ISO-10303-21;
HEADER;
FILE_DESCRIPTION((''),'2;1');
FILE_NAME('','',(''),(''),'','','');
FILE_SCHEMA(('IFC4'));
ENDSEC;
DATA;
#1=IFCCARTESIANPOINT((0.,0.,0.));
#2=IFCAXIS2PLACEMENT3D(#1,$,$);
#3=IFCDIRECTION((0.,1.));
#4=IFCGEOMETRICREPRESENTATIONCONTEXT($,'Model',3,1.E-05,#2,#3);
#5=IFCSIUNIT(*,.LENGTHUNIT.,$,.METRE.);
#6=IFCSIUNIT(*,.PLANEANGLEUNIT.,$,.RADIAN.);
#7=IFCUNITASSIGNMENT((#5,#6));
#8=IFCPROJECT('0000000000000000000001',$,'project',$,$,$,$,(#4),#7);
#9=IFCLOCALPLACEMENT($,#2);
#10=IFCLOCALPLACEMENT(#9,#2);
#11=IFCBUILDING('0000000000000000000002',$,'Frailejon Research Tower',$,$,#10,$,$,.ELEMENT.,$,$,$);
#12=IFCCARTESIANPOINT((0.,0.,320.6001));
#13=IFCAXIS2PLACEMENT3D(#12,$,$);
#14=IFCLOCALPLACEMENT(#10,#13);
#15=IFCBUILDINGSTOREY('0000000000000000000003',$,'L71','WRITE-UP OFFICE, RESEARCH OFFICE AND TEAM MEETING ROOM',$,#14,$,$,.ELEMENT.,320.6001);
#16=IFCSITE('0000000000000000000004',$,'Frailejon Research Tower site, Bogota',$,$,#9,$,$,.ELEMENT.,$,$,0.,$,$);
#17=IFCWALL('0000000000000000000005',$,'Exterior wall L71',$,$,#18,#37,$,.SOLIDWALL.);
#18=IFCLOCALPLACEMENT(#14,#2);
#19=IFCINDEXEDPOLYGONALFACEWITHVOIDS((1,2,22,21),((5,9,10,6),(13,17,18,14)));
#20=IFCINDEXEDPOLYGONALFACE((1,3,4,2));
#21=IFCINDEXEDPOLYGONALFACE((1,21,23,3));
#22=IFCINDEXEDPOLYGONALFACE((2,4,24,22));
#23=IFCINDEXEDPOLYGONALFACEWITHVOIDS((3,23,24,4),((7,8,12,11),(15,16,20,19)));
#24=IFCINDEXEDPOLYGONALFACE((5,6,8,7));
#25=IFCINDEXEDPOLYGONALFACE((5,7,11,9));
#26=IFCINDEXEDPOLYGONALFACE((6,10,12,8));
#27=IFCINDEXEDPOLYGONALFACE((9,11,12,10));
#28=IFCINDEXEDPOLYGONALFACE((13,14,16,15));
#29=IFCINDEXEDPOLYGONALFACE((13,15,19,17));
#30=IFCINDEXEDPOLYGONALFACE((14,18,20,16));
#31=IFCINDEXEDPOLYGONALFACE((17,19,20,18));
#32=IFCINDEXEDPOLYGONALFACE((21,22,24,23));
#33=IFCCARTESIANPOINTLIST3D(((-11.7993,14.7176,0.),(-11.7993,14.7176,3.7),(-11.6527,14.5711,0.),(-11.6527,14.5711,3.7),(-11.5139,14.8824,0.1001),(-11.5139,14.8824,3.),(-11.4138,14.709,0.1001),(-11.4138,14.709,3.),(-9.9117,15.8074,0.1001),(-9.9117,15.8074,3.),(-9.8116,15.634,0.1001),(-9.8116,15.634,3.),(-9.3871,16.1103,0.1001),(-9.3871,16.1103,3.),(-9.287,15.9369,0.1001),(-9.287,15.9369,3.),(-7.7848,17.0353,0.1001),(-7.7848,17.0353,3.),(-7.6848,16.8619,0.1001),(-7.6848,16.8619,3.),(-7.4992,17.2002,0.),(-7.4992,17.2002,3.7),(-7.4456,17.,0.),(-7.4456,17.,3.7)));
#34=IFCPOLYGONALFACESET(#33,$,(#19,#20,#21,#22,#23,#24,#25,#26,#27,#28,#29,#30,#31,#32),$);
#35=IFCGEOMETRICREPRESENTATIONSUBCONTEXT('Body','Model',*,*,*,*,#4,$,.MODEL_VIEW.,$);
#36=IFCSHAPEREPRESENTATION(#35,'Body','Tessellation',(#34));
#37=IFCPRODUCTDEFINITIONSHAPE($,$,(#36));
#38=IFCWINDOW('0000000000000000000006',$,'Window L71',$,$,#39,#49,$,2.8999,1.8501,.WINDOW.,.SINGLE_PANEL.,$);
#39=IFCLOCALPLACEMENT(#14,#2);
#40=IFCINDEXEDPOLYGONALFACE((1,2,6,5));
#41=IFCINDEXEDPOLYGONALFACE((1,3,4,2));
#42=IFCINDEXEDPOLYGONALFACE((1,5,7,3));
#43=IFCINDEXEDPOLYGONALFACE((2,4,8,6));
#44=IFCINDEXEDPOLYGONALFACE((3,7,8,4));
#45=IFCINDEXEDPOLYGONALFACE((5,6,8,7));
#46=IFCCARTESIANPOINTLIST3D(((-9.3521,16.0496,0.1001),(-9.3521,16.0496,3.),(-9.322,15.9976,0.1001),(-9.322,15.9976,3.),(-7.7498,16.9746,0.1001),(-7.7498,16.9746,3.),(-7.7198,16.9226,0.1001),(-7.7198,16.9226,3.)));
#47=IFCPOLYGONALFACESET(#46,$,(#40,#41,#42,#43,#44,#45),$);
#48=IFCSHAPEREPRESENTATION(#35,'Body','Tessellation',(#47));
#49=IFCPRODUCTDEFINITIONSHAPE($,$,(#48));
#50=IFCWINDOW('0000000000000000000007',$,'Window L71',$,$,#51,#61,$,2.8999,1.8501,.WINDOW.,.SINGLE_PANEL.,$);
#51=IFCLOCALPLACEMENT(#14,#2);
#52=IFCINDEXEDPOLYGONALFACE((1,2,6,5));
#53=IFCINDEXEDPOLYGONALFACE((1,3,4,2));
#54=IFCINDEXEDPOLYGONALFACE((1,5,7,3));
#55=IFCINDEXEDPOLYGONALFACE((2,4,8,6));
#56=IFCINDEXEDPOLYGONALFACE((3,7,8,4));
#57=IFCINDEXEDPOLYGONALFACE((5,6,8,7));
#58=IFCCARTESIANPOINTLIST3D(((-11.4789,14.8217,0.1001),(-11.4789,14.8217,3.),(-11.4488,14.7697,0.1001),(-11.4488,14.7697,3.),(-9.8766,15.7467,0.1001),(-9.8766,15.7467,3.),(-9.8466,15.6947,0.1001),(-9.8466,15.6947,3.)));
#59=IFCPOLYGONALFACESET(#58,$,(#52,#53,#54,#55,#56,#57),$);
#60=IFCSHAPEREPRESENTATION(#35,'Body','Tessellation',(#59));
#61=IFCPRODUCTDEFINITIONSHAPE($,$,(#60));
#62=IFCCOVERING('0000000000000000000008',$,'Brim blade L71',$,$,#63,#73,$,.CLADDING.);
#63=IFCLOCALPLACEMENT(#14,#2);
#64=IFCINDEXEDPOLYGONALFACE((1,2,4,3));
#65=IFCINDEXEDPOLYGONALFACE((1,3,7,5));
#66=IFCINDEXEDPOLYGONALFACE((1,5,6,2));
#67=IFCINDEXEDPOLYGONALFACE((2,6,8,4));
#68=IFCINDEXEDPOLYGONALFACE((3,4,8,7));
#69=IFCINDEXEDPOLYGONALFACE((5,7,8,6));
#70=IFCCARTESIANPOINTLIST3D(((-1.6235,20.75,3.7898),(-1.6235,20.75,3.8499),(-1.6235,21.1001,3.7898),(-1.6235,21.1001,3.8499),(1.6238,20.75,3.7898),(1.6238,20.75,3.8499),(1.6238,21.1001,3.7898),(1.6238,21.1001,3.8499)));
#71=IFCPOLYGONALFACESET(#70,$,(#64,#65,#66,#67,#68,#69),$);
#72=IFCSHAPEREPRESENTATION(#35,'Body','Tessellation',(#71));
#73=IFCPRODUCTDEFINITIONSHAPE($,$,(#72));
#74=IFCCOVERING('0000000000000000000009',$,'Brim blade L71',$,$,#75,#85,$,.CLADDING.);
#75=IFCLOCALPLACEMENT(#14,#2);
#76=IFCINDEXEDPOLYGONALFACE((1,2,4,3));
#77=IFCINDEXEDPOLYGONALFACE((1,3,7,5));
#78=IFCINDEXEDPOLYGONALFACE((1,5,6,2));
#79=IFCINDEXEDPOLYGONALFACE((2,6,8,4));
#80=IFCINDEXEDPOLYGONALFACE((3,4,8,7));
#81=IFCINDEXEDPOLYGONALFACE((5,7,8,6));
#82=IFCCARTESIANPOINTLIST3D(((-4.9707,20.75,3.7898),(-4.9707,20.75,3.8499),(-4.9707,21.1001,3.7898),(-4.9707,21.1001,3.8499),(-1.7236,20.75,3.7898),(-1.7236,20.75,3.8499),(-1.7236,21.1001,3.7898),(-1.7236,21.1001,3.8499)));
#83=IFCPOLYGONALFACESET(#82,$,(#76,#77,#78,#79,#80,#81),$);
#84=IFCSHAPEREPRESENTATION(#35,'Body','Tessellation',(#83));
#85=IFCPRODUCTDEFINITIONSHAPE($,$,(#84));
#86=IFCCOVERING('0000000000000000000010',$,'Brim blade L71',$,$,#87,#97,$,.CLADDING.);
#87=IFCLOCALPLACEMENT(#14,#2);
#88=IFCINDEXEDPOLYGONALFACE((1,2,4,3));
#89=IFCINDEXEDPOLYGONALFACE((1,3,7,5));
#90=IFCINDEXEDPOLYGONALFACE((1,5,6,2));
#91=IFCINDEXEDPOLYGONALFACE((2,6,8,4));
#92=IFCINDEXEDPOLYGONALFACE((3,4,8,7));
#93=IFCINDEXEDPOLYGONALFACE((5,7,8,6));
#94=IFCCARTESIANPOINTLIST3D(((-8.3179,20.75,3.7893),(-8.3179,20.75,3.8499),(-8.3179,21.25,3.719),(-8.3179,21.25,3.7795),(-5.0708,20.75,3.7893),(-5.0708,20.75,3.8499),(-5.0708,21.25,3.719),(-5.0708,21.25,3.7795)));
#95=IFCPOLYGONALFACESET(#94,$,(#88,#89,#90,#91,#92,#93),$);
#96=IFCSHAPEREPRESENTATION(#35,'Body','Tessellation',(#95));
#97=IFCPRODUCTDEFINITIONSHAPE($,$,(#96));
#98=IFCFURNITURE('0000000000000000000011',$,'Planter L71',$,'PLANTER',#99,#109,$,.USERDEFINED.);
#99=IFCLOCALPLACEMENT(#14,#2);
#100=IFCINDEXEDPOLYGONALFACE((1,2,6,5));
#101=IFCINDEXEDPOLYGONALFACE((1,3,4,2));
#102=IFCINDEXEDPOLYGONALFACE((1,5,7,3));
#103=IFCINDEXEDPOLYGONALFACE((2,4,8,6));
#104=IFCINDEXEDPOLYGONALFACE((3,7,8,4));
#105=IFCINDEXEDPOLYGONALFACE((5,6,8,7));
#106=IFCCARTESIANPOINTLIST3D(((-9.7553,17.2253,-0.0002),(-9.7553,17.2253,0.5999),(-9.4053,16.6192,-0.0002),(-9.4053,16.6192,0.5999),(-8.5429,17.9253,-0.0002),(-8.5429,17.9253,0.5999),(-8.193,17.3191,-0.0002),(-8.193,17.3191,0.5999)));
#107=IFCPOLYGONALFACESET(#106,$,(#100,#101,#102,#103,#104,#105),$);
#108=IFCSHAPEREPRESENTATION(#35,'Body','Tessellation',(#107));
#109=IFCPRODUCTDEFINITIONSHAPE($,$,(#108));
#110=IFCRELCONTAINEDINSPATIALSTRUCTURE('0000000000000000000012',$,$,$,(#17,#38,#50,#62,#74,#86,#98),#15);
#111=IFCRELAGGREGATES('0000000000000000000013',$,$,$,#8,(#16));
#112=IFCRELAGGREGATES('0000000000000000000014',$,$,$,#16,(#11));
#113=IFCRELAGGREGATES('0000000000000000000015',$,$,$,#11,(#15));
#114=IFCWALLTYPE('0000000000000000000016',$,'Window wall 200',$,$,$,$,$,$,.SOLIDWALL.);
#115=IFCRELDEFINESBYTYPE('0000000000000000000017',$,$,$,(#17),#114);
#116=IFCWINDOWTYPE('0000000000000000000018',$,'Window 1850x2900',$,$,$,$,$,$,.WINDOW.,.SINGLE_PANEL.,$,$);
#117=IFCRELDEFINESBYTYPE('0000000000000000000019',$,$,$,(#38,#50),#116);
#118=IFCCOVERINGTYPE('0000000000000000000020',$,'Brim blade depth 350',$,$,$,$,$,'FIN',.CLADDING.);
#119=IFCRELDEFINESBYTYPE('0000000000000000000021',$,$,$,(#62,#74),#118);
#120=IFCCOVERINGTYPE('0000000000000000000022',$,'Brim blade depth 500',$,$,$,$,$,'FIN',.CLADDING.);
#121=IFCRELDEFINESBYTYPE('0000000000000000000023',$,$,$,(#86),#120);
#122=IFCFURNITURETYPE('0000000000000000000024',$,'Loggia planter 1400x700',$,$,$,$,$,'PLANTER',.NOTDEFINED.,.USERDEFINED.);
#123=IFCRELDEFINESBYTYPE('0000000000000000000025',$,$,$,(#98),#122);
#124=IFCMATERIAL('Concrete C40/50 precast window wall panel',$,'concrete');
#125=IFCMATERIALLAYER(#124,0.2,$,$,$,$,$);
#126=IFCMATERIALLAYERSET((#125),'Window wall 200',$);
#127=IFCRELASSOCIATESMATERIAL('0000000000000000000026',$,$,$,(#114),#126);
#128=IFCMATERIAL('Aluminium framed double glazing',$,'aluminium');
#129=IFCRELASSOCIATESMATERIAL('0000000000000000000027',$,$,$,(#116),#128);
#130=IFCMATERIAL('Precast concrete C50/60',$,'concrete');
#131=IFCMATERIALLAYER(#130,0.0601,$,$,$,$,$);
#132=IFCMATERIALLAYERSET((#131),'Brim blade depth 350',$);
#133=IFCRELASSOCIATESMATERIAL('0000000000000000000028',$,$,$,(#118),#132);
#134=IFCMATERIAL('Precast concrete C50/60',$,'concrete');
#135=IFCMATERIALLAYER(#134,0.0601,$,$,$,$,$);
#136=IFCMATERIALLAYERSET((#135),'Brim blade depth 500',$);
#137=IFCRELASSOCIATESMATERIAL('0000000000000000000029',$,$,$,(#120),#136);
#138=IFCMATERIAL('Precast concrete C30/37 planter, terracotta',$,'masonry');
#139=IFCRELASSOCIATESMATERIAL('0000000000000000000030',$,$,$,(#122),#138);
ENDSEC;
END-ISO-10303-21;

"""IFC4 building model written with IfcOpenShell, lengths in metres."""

from ifc_helpers import new_model, si_unit, direction, frame, frame_2d, origin, origin_2d, place, context, subcontext, project, spatial, polyline, rectangle, outline, extrude, material, layer, layer_set, type_object, element, fill, save


model = new_model("IFC4")

# Units and contexts
model_context = context("Model", 3, precision=1e-05, world=origin(), true_north=direction((0.0, 1.0)))
body_context = subcontext(model_context, "Body", "Model", "MODEL_VIEW")
ifc_project = project(units=[si_unit("LENGTHUNIT", "METRE"), si_unit("PLANEANGLEUNIT", "RADIAN")], contexts=[model_context])

# Site, building, storey
site_placement = place(None, origin())
site = spatial("IfcSite", under=ifc_project, at=site_placement, Name="Frailejon Research Tower site, Bogota", CompositionType="ELEMENT", RefElevation=0.0)
building_placement = place(site_placement, origin())
building = spatial("IfcBuilding", under=site, at=building_placement, Name="Frailejon Research Tower", CompositionType="ELEMENT")
storey_placement = place(building_placement, frame((0.0, 0.0, 320.6001)))
storey = spatial("IfcBuildingStorey", under=building, at=storey_placement, Name="L71", Description="WRITE-UP OFFICE, RESEARCH OFFICE AND TEAM MEETING ROOM", CompositionType="ELEMENT", Elevation=320.6001)

# Wall, openings, windows
ifc_material_1 = material(Name="Concrete C40/50 precast window wall panel", Category="concrete")
ifc_layer_1 = layer(ifc_material_1, 0.2)
ifc_layer_set_1 = layer_set([ifc_layer_1], Name="Window wall 200")
wall_type = type_object("IfcWallType", Name="Window wall 200", PredefinedType="SOLIDWALL", material=ifc_layer_set_1)
wall_placement = place(storey_placement, frame((-7.4724, 17.1001, 0.0), z_axis=(0.0, 0.0, 1.0), x_axis=(-0.866029, -0.499994, 0.0)))
wall = element("IfcWall", 1, at=wall_placement, inside=storey, type_object=wall_type, Name="Exterior wall L71", PredefinedType="SOLIDWALL", context=body_context, shape_type="SweptSolid", body=[
    extrude(outline(polyline([(-0.0269, -0.1001), (1.2144, -0.1001), (2.4558, -0.1001), (3.6973, -0.1001), (4.9385, -0.1001), (4.8848, 0.1001), (3.6704, 0.1001), (2.4558, 0.1001), (1.2412, 0.1001), (0.0269, 0.1001), (-0.0269, -0.1001)])), origin(), (0.0, 0.0, 1.0), 3.7),
])
opening_1_placement = place(wall_placement, frame((0.303, 0.0, 0.1001)))
opening_1 = element("IfcOpeningElement", 2, at=opening_1_placement, cuts=wall, PredefinedType="OPENING", context=body_context, shape_type="SweptSolid", body=[
    extrude(rectangle(XDim=1.8501, YDim=2.8999, at=frame_2d((0.925, 1.45))), frame((0.0, 0.1099, 0.0), z_axis=(0.0, -1.0, 0.0), x_axis=(1.0, 0.0, 0.0)), (0.0, 0.0, 1.0), 0.22),
])
opening_2_placement = place(wall_placement, frame((2.7588, 0.0, 0.1001)))
opening_2 = element("IfcOpeningElement", 3, at=opening_2_placement, cuts=wall, PredefinedType="OPENING", context=body_context, shape_type="SweptSolid", body=[
    extrude(rectangle(XDim=1.8501, YDim=2.8999, at=frame_2d((0.925, 1.45))), frame((0.0, 0.1099, 0.0), z_axis=(0.0, -1.0, 0.0), x_axis=(1.0, 0.0, 0.0)), (0.0, 0.0, 1.0), 0.22),
])
ifc_material_2 = material(Name="Aluminium framed double glazing", Category="aluminium")
window_type = type_object("IfcWindowType", Name="Window 1850x2900", PartitioningType="SINGLE_PANEL", PredefinedType="WINDOW", material=ifc_material_2)
window_1_placement = place(opening_1_placement, origin())
window_1 = element("IfcWindow", 4, at=window_1_placement, inside=storey, type_object=window_type, Name="Window L71", OverallHeight=2.8999, OverallWidth=1.8501, PartitioningType="SINGLE_PANEL", PredefinedType="WINDOW", context=body_context, shape_type="SweptSolid", body=[
    extrude(rectangle(XDim=1.8501, YDim=2.8999, at=frame_2d((0.925, 1.45))), frame((0.0, 0.03, 0.0), z_axis=(0.0, -1.0, 0.0), x_axis=(1.0, 0.0, 0.0)), (0.0, 0.0, 1.0), 0.0601),
])
fill(opening_1, window_1)
window_2_placement = place(opening_2_placement, origin())
window_2 = element("IfcWindow", 5, at=window_2_placement, inside=storey, type_object=window_type, Name="Window L71", OverallHeight=2.8999, OverallWidth=1.8501, PartitioningType="SINGLE_PANEL", PredefinedType="WINDOW", context=body_context, shape_type="SweptSolid", body=[
    extrude(rectangle(XDim=1.8501, YDim=2.8999, at=frame_2d((0.925, 1.45))), frame((0.0, 0.03, 0.0), z_axis=(0.0, -1.0, 0.0), x_axis=(1.0, 0.0, 0.0)), (0.0, 0.0, 1.0), 0.0601),
])
fill(opening_2, window_2)

# Coverings
ifc_material_3 = material(Name="Precast concrete C50/60", Category="concrete")
ifc_layer_2 = layer(ifc_material_3, 0.0601)
ifc_layer_set_2 = layer_set([ifc_layer_2], Name="Brim blade depth 350")
covering_type_1 = type_object("IfcCoveringType", Name="Brim blade depth 350", ElementType="FIN", PredefinedType="CLADDING", material=ifc_layer_set_2)
covering_1_placement = place(storey_placement, frame((-1.6235, 20.75, 3.8499), z_axis=(1.0, 0.0, 0.0), x_axis=(0.0, 1.0, 0.0)))
element("IfcCovering", 6, at=covering_1_placement, inside=storey, type_object=covering_type_1, Name="Brim blade L71", PredefinedType="CLADDING", context=body_context, shape_type="SweptSolid", body=[
    extrude(outline(polyline([(0.0, -0.0601), (0.3501, -0.0601), (0.3501, 0.0), (0.0, 0.0), (0.0, -0.0601)])), origin(), (0.0, 0.0, 1.0), 3.2473),
])
covering_2_placement = place(storey_placement, frame((-4.9707, 20.75, 3.8499), z_axis=(1.0, 0.0, 0.0), x_axis=(0.0, 1.0, 0.0)))
element("IfcCovering", 7, at=covering_2_placement, inside=storey, type_object=covering_type_1, Name="Brim blade L71", PredefinedType="CLADDING", context=body_context, shape_type="SweptSolid", body=[
    extrude(outline(polyline([(0.0, -0.0601), (0.3501, -0.0601), (0.3501, 0.0), (0.0, 0.0), (0.0, -0.0601)])), origin(), (0.0, 0.0, 1.0), 3.2471),
])
ifc_material_4 = material(Name="Precast concrete C50/60", Category="concrete")
ifc_layer_3 = layer(ifc_material_4, 0.0601)
ifc_layer_set_3 = layer_set([ifc_layer_3], Name="Brim blade depth 500")
covering_type_2 = type_object("IfcCoveringType", Name="Brim blade depth 500", ElementType="FIN", PredefinedType="CLADDING", material=ifc_layer_set_3)
covering_3_placement = place(storey_placement, frame((-8.3179, 20.75, 3.8499), z_axis=(1.0, 0.0, 0.0), x_axis=(0.0, 1.0, 0.0)))
element("IfcCovering", 8, at=covering_3_placement, inside=storey, type_object=covering_type_2, Name="Brim blade L71", PredefinedType="CLADDING", context=body_context, shape_type="SweptSolid", body=[
    extrude(outline(polyline([(0.0, -0.0605), (0.5, -0.1309), (0.5, -0.0703), (0.0, 0.0), (0.0, -0.0605)])), origin(), (0.0, 0.0, 1.0), 3.2471),
])

# Furniture
ifc_material_5 = material(Name="Precast concrete C30/37 planter, terracotta", Category="masonry")
furniture_type = type_object("IfcFurnitureType", Name="Loggia planter 1400x700", ElementType="PLANTER", AssemblyPlace="NOTDEFINED", PredefinedType="USERDEFINED", material=ifc_material_5)
furniture_placement = place(storey_placement, frame((-8.9741, 17.2722, -0.0002), z_axis=(0.0, 0.0, 1.0), x_axis=(-0.866025, -0.5, 0.0)))
element("IfcFurniture", 9, at=furniture_placement, inside=storey, type_object=furniture_type, Name="Planter L71", ObjectType="PLANTER", PredefinedType="USERDEFINED", context=body_context, shape_type="SweptSolid", body=[
    extrude(rectangle(XDim=1.3999, YDim=0.7, at=origin_2d()), origin(), (0.0, 0.0, 1.0), 0.6001),
])

save(model, "model.ifc")
